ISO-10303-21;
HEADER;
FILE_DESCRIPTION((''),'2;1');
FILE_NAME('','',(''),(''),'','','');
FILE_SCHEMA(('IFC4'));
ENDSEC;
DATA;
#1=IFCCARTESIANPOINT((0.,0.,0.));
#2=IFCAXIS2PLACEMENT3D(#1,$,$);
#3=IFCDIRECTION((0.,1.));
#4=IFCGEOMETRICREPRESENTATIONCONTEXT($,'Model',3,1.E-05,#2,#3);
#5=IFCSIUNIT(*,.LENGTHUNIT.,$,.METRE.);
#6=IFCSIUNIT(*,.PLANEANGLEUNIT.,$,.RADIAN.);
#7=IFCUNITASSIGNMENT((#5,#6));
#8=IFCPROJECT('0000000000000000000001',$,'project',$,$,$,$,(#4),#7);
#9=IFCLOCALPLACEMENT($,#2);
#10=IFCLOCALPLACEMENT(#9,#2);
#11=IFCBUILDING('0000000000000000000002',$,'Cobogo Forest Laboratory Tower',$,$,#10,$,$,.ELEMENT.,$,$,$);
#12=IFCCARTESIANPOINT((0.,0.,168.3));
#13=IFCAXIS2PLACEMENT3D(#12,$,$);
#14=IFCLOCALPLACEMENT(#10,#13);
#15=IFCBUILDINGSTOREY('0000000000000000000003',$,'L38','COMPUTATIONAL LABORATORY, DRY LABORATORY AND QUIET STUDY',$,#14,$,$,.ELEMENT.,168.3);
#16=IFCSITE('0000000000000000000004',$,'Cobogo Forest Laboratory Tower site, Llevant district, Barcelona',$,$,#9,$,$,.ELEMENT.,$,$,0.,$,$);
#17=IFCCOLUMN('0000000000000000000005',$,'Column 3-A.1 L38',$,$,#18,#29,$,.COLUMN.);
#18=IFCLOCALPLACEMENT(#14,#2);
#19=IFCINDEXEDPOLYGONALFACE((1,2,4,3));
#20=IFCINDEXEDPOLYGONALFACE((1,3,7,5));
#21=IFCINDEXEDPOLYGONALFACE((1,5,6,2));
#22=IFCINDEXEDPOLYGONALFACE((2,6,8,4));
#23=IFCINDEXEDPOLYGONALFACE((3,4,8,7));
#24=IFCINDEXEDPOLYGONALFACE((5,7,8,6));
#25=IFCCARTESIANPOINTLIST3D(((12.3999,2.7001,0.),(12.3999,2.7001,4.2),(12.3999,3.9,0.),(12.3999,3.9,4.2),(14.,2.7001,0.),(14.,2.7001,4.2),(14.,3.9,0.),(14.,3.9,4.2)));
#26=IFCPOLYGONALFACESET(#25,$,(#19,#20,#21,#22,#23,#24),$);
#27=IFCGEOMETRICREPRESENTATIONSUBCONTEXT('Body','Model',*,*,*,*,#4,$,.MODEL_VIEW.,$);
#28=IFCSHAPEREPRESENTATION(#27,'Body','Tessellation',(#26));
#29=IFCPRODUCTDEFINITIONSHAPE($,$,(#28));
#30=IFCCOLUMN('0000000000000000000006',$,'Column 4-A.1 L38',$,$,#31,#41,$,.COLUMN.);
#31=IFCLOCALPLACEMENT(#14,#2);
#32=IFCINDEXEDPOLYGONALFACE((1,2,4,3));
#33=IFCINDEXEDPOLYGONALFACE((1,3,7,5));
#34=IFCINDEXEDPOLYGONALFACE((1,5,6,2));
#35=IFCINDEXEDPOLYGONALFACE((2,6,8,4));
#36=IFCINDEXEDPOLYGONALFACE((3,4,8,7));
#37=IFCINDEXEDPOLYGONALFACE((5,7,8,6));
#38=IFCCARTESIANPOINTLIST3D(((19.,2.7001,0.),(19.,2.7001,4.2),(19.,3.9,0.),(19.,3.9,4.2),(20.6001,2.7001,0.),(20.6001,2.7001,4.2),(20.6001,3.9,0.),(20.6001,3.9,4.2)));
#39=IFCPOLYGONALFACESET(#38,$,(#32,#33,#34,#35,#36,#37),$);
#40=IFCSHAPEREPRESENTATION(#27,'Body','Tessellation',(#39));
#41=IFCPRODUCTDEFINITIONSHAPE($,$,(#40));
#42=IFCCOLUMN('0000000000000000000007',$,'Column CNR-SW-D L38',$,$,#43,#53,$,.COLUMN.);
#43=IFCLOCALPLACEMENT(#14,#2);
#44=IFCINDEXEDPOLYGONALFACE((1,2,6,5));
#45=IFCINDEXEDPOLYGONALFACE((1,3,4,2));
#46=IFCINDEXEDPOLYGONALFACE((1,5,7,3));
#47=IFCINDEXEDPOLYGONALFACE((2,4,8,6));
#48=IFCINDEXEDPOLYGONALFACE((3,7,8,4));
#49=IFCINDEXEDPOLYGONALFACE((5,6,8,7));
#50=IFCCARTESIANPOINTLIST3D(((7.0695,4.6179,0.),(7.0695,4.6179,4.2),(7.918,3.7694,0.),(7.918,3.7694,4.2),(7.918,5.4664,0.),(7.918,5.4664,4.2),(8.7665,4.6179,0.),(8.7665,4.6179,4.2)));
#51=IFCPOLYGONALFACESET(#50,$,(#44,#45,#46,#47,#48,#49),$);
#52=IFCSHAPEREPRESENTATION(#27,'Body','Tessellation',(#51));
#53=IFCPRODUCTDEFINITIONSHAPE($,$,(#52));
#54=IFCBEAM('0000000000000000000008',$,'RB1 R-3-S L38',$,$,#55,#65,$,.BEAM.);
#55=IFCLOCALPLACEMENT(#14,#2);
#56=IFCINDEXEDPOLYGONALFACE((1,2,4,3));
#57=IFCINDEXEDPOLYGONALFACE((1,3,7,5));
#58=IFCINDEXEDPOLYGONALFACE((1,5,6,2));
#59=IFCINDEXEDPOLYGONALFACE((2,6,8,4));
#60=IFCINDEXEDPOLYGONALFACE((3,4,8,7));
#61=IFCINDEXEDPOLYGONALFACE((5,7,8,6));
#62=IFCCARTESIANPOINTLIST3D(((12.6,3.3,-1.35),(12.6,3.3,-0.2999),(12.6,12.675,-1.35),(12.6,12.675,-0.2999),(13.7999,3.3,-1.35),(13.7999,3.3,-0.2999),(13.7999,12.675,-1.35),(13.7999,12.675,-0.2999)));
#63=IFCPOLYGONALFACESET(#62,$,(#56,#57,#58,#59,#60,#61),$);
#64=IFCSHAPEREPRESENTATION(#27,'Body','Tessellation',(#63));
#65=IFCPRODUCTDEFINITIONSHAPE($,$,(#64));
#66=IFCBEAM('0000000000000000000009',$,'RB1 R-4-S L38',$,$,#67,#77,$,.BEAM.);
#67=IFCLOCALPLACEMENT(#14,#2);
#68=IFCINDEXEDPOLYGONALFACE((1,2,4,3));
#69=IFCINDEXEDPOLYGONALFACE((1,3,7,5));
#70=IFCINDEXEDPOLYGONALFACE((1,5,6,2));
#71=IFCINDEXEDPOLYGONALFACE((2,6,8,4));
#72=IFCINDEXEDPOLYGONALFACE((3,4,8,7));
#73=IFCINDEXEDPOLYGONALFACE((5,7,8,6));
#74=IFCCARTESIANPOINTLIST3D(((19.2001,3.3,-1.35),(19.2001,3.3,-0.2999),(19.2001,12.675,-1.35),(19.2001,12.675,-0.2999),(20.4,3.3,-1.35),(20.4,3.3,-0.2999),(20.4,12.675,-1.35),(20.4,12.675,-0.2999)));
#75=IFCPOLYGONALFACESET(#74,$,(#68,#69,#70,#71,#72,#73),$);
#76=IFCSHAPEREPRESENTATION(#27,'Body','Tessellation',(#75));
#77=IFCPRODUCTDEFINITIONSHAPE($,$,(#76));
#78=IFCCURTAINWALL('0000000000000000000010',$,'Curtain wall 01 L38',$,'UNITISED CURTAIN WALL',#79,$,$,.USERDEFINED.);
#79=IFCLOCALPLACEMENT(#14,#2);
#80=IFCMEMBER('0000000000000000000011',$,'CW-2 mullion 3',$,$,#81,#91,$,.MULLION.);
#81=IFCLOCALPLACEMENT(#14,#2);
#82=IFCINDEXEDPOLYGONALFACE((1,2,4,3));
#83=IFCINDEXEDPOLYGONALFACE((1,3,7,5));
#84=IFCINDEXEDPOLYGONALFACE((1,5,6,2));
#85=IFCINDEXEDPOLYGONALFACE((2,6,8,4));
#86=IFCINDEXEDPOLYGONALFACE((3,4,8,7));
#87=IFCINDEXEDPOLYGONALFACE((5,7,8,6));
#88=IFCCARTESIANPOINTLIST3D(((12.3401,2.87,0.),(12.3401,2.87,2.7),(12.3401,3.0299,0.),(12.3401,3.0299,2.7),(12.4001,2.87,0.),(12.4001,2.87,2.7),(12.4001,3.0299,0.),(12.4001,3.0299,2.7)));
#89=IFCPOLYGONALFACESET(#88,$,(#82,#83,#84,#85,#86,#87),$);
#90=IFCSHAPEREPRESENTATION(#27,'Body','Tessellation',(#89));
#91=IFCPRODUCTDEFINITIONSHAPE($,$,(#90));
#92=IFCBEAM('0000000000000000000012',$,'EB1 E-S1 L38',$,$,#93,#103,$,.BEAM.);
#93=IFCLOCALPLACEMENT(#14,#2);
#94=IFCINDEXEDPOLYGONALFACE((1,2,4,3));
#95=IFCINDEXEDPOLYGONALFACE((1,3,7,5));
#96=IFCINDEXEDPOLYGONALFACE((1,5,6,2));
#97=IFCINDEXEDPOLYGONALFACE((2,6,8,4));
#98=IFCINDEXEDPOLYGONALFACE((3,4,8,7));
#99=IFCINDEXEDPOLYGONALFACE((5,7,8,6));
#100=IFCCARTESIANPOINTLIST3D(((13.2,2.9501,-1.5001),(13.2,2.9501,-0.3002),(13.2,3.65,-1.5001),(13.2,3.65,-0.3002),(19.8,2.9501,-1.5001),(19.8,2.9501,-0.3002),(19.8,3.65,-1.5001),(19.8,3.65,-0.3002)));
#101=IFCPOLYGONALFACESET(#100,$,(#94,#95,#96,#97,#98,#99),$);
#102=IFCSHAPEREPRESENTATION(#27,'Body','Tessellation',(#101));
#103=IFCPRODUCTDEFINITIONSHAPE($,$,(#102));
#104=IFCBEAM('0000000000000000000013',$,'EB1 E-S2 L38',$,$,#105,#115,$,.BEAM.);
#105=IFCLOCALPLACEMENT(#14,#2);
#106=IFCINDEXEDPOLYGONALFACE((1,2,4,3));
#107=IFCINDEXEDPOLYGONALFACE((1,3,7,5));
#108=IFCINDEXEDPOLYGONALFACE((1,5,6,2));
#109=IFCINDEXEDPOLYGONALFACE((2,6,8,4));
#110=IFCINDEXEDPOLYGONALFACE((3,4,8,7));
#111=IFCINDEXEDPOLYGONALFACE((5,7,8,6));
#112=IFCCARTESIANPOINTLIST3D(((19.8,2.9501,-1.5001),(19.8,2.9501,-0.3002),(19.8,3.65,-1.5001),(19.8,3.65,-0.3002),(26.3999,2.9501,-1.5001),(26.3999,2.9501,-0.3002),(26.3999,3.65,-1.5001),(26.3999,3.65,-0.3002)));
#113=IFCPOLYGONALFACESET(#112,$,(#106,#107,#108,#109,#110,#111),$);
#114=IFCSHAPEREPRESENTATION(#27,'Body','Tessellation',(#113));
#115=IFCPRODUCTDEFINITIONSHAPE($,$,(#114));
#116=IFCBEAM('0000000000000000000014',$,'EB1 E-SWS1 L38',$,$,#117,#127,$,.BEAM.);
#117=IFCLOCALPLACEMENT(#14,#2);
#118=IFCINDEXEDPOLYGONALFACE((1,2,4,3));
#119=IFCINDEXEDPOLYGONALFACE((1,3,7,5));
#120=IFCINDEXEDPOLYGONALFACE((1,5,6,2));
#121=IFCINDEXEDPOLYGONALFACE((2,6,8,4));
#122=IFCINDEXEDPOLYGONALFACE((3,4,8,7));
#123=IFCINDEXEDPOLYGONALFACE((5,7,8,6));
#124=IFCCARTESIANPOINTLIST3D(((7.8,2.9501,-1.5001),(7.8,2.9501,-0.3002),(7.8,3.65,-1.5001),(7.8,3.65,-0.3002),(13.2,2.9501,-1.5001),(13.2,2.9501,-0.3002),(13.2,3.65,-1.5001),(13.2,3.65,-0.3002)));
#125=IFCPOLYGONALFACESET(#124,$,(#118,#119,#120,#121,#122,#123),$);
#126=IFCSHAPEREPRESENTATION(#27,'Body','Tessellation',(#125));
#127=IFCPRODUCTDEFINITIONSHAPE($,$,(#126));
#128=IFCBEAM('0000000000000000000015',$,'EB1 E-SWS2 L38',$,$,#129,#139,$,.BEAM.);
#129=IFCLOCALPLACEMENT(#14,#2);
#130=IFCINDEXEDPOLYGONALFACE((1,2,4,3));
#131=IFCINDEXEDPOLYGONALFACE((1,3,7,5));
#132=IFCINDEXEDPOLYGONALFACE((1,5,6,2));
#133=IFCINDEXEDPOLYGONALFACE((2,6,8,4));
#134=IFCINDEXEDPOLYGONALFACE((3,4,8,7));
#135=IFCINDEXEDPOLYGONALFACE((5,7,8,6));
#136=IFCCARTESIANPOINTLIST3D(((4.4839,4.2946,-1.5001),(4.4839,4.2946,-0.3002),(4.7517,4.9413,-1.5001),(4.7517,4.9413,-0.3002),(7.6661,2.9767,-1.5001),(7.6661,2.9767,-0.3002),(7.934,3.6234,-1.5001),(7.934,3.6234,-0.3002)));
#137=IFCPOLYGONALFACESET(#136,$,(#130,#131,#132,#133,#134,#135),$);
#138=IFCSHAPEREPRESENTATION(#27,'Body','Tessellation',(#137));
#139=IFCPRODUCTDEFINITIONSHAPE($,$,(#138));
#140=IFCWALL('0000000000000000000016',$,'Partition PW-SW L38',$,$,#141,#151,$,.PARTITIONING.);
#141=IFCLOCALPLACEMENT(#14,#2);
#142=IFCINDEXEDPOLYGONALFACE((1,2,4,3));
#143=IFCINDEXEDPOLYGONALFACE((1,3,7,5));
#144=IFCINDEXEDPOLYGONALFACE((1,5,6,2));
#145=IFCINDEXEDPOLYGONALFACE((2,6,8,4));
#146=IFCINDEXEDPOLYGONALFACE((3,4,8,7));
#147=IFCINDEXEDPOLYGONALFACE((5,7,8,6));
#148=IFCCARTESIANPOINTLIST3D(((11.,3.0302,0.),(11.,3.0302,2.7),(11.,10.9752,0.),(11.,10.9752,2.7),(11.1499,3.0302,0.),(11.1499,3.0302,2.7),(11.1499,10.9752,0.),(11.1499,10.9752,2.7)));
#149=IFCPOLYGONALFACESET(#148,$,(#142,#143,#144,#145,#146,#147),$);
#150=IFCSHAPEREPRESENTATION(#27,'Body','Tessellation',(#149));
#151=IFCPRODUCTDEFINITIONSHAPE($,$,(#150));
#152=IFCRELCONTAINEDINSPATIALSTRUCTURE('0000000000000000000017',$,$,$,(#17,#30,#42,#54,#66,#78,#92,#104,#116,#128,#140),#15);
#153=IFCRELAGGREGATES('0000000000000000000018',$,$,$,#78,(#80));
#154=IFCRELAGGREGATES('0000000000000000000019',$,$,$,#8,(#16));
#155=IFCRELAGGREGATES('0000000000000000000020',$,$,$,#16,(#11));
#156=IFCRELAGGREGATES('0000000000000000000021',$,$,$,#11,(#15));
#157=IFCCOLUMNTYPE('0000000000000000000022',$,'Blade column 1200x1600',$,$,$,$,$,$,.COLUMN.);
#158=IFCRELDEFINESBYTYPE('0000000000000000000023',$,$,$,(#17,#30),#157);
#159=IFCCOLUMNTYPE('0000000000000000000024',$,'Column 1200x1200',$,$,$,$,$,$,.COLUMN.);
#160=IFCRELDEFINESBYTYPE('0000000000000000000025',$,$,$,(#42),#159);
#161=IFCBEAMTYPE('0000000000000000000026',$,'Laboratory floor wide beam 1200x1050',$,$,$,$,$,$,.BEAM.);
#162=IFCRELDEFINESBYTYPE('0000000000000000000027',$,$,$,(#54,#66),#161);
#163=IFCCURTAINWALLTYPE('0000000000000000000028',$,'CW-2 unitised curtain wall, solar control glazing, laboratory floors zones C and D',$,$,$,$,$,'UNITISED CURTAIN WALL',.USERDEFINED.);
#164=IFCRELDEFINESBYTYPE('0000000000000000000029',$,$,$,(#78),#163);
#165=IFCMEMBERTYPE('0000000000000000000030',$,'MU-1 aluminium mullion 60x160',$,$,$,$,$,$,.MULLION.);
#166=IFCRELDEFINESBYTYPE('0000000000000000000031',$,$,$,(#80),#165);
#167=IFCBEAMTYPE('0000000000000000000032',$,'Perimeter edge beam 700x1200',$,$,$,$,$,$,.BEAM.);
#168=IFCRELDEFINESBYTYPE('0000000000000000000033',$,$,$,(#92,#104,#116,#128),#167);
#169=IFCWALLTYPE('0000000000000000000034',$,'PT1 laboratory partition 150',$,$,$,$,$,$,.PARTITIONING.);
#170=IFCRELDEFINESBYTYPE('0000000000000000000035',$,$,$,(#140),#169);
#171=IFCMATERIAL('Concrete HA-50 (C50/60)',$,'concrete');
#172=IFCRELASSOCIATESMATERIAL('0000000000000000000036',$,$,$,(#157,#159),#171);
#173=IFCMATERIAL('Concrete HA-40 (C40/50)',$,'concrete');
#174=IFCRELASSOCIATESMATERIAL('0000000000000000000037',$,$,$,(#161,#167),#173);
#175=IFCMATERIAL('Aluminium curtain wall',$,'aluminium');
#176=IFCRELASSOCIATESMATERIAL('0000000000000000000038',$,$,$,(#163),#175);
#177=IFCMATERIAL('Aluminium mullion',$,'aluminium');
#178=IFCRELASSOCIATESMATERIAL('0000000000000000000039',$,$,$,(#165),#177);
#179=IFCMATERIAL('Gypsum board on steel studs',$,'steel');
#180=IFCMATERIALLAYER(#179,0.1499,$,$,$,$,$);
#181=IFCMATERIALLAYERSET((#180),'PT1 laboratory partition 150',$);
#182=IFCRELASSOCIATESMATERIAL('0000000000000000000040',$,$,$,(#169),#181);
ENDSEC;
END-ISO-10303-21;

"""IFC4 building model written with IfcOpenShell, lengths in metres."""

from ifc_helpers import new_model, si_unit, direction, frame, frame_2d, origin, origin_2d, place, context, subcontext, project, spatial, rectangle, extrude, material, layer, layer_set, material_profile, profile_set, type_object, element, aggregate, save


model = new_model("IFC4")

# Units and contexts
model_context = context("Model", 3, precision=1e-05, world=origin(), true_north=direction((0.0, 1.0)))
body_context = subcontext(model_context, "Body", "Model", "MODEL_VIEW")
ifc_project = project(units=[si_unit("LENGTHUNIT", "METRE"), si_unit("PLANEANGLEUNIT", "RADIAN")], contexts=[model_context])

# Site, building, storey
site_placement = place(None, origin())
site = spatial("IfcSite", under=ifc_project, at=site_placement, Name="Cobogo Forest Laboratory Tower site, Llevant district, Barcelona", CompositionType="ELEMENT", RefElevation=0.0)
building_placement = place(site_placement, origin())
building = spatial("IfcBuilding", under=site, at=building_placement, Name="Cobogo Forest Laboratory Tower", CompositionType="ELEMENT")
storey_placement = place(building_placement, frame((0.0, 0.0, 168.3)))
storey = spatial("IfcBuildingStorey", under=building, at=storey_placement, Name="L38", Description="COMPUTATIONAL LABORATORY, DRY LABORATORY AND QUIET STUDY", CompositionType="ELEMENT", Elevation=168.3)

# Columns
ifc_material_1 = material(Name="Concrete HA-50 (C50/60)", Category="concrete")
ifc_material_profile_1 = material_profile(ifc_material_1, rectangle(XDim=1.6001, YDim=1.2, at=origin_2d()), Name="RC 1200x1600")
ifc_profile_set_1 = profile_set([ifc_material_profile_1], Name="Concrete HA-50 (C50/60)")
column_type_1 = type_object("IfcColumnType", Name="Blade column 1200x1600", PredefinedType="COLUMN", material=ifc_profile_set_1)
for number, where, z_axis, x_axis, name in (
    (1, (13.2, 3.3, 0.0), (0.0, 0.0, 1.0), (1.0, 0.0, 0.0), "Column 3-A.1 L38"),
    (2, (19.8, 3.3, 0.0), (0.0, 0.0, 1.0), (1.0, 0.0, 0.0), "Column 4-A.1 L38"),
):
    element("IfcColumn", number, at=place(storey_placement, frame(where, z_axis=z_axis, x_axis=x_axis)), inside=storey, type_object=column_type_1, Name=name, PredefinedType="COLUMN", context=body_context, shape_type="SweptSolid", body=[
        extrude(rectangle(XDim=1.6001, YDim=1.2, at=origin_2d()), origin(), (0.0, 0.0, 1.0), 4.2),
    ])
ifc_material_profile_2 = material_profile(ifc_material_1, rectangle(XDim=1.2, YDim=1.2, at=origin_2d()), Name="RC 1200x1200")
ifc_profile_set_2 = profile_set([ifc_material_profile_2], Name="Concrete HA-50 (C50/60)")
column_type_2 = type_object("IfcColumnType", Name="Column 1200x1200", PredefinedType="COLUMN", material=ifc_profile_set_2)
column_placement = place(storey_placement, frame((7.918, 4.6179, 0.0), z_axis=(0.0, 0.0, 1.0), x_axis=(0.707107, 0.707107, 0.0)))
element("IfcColumn", 3, at=column_placement, inside=storey, type_object=column_type_2, Name="Column CNR-SW-D L38", PredefinedType="COLUMN", context=body_context, shape_type="SweptSolid", body=[
    extrude(rectangle(XDim=1.2, YDim=1.2, at=origin_2d()), origin(), (0.0, 0.0, 1.0), 4.2),
])

# Beams
ifc_material_2 = material(Name="Concrete HA-40 (C40/50)", Category="concrete")
ifc_material_profile_3 = material_profile(ifc_material_2, rectangle(XDim=1.2, YDim=1.05, at=origin_2d()), Name="RC 1200x1050")
ifc_profile_set_3 = profile_set([ifc_material_profile_3], Name="Concrete HA-40 (C40/50)")
beam_type_1 = type_object("IfcBeamType", Name="Laboratory floor wide beam 1200x1050", PredefinedType="BEAM", material=ifc_profile_set_3)
for number, where, z_axis, x_axis, name in (
    (4, (13.2, 12.675, -0.825), (0.0, -1.0, 0.0), (1.0, 0.0, 0.0), "RB1 R-3-S L38"),
    (5, (19.8, 12.675, -0.825), (0.0, -1.0, 0.0), (1.0, 0.0, 0.0), "RB1 R-4-S L38"),
):
    element("IfcBeam", number, at=place(storey_placement, frame(where, z_axis=z_axis, x_axis=x_axis)), inside=storey, type_object=beam_type_1, Name=name, PredefinedType="BEAM", context=body_context, shape_type="SweptSolid", body=[
        extrude(rectangle(XDim=1.2, YDim=1.05, at=origin_2d()), origin(), (0.0, 0.0, 1.0), 9.375),
    ])

# Curtain wall, member
ifc_material_3 = material(Name="Aluminium curtain wall", Category="aluminium")
curtain_wall_type = type_object("IfcCurtainWallType", Name="CW-2 unitised curtain wall, solar control glazing, laboratory floors zones C and D", ElementType="UNITISED CURTAIN WALL", PredefinedType="USERDEFINED", material=ifc_material_3)
curtain_wall_placement = place(storey_placement, origin())
curtain_wall = element("IfcCurtainWall", 6, at=curtain_wall_placement, inside=storey, type_object=curtain_wall_type, Name="Curtain wall 01 L38", ObjectType="UNITISED CURTAIN WALL", PredefinedType="USERDEFINED")
ifc_material_4 = material(Name="Aluminium mullion", Category="aluminium")
ifc_material_profile_4 = material_profile(ifc_material_4, rectangle(XDim=0.0601, YDim=0.1599, at=origin_2d()), Name="AL 60x160")
ifc_profile_set_4 = profile_set([ifc_material_profile_4], Name="Aluminium mullion")
member_type = type_object("IfcMemberType", Name="MU-1 aluminium mullion 60x160", PredefinedType="MULLION", material=ifc_profile_set_4)
member_placement = place(storey_placement, frame((12.3701, 2.95, 0.0), z_axis=(0.0, 0.0, 1.0), x_axis=(1.0, 0.0, 0.0)))
member = element("IfcMember", 7, at=member_placement, type_object=member_type, Name="CW-2 mullion 3", PredefinedType="MULLION", context=body_context, shape_type="SweptSolid", body=[
    extrude(rectangle(XDim=0.0601, YDim=0.1599, at=origin_2d()), origin(), (0.0, 0.0, 1.0), 2.7),
])
aggregate(curtain_wall, [member])

# Beams
ifc_material_profile_5 = material_profile(ifc_material_2, rectangle(XDim=0.7, YDim=1.2, at=origin_2d()), Name="RC 700x1200")
ifc_profile_set_5 = profile_set([ifc_material_profile_5], Name="Concrete HA-40 (C40/50)")
beam_type_2 = type_object("IfcBeamType", Name="Perimeter edge beam 700x1200", PredefinedType="BEAM", material=ifc_profile_set_5)
beam_1_placement = place(storey_placement, frame((13.2, 3.3, -0.9001), z_axis=(1.0, 0.0, 0.0), x_axis=(0.0, 1.0, 0.0)))
element("IfcBeam", 8, at=beam_1_placement, inside=storey, type_object=beam_type_2, Name="EB1 E-S1 L38", PredefinedType="BEAM", context=body_context, shape_type="SweptSolid", body=[
    extrude(rectangle(XDim=0.7, YDim=1.2, at=origin_2d()), origin(), (0.0, 0.0, 1.0), 6.6001),
])
beam_2_placement = place(storey_placement, frame((19.8, 3.3, -0.9001), z_axis=(1.0, 0.0, 0.0), x_axis=(0.0, 1.0, 0.0)))
element("IfcBeam", 9, at=beam_2_placement, inside=storey, type_object=beam_type_2, Name="EB1 E-S2 L38", PredefinedType="BEAM", context=body_context, shape_type="SweptSolid", body=[
    extrude(rectangle(XDim=0.7, YDim=1.2, at=origin_2d()), origin(), (0.0, 0.0, 1.0), 6.5999),
])
beam_3_placement = place(storey_placement, frame((13.2, 3.3, -0.9001), z_axis=(-1.0, 0.0, 0.0), x_axis=(0.0, -1.0, 0.0)))
element("IfcBeam", 10, at=beam_3_placement, inside=storey, type_object=beam_type_2, Name="EB1 E-SWS1 L38", PredefinedType="BEAM", context=body_context, shape_type="SweptSolid", body=[
    extrude(rectangle(XDim=0.7, YDim=1.2, at=origin_2d()), origin(), (0.0, 0.0, 1.0), 5.3999),
])
beam_4_placement = place(storey_placement, frame((7.8, 3.3, -0.9001), z_axis=(-0.923901, 0.382631, 0.0), x_axis=(-0.382631, -0.923901, 0.0)))
element("IfcBeam", 11, at=beam_4_placement, inside=storey, type_object=beam_type_2, Name="EB1 E-SWS2 L38", PredefinedType="BEAM", context=body_context, shape_type="SweptSolid", body=[
    extrude(rectangle(XDim=0.7, YDim=1.2, at=origin_2d()), origin(), (0.0, 0.0, 1.0), 3.4443),
])

# Wall
ifc_material_5 = material(Name="Gypsum board on steel studs", Category="steel")
ifc_layer_1 = layer(ifc_material_5, 0.1499)
ifc_layer_set_1 = layer_set([ifc_layer_1], Name="PT1 laboratory partition 150")
wall_type_1 = type_object("IfcWallType", Name="PT1 laboratory partition 150", PredefinedType="PARTITIONING", material=ifc_layer_set_1)
wall_1_placement = place(storey_placement, frame((11.075, 3.03, 0.0), z_axis=(0.0, 0.0, 1.0), x_axis=(0.0, 1.0, 0.0)))
element("IfcWall", 12, at=wall_1_placement, inside=storey, type_object=wall_type_1, Name="Partition PW-SW L38", PredefinedType="PARTITIONING", context=body_context, shape_type="SweptSolid", body=[
    extrude(rectangle(XDim=7.9451, YDim=0.1499, at=frame_2d((3.9727, 0.0))), origin(), (0.0, 0.0, 1.0), 2.7),
])

save(model, "model.ifc")
